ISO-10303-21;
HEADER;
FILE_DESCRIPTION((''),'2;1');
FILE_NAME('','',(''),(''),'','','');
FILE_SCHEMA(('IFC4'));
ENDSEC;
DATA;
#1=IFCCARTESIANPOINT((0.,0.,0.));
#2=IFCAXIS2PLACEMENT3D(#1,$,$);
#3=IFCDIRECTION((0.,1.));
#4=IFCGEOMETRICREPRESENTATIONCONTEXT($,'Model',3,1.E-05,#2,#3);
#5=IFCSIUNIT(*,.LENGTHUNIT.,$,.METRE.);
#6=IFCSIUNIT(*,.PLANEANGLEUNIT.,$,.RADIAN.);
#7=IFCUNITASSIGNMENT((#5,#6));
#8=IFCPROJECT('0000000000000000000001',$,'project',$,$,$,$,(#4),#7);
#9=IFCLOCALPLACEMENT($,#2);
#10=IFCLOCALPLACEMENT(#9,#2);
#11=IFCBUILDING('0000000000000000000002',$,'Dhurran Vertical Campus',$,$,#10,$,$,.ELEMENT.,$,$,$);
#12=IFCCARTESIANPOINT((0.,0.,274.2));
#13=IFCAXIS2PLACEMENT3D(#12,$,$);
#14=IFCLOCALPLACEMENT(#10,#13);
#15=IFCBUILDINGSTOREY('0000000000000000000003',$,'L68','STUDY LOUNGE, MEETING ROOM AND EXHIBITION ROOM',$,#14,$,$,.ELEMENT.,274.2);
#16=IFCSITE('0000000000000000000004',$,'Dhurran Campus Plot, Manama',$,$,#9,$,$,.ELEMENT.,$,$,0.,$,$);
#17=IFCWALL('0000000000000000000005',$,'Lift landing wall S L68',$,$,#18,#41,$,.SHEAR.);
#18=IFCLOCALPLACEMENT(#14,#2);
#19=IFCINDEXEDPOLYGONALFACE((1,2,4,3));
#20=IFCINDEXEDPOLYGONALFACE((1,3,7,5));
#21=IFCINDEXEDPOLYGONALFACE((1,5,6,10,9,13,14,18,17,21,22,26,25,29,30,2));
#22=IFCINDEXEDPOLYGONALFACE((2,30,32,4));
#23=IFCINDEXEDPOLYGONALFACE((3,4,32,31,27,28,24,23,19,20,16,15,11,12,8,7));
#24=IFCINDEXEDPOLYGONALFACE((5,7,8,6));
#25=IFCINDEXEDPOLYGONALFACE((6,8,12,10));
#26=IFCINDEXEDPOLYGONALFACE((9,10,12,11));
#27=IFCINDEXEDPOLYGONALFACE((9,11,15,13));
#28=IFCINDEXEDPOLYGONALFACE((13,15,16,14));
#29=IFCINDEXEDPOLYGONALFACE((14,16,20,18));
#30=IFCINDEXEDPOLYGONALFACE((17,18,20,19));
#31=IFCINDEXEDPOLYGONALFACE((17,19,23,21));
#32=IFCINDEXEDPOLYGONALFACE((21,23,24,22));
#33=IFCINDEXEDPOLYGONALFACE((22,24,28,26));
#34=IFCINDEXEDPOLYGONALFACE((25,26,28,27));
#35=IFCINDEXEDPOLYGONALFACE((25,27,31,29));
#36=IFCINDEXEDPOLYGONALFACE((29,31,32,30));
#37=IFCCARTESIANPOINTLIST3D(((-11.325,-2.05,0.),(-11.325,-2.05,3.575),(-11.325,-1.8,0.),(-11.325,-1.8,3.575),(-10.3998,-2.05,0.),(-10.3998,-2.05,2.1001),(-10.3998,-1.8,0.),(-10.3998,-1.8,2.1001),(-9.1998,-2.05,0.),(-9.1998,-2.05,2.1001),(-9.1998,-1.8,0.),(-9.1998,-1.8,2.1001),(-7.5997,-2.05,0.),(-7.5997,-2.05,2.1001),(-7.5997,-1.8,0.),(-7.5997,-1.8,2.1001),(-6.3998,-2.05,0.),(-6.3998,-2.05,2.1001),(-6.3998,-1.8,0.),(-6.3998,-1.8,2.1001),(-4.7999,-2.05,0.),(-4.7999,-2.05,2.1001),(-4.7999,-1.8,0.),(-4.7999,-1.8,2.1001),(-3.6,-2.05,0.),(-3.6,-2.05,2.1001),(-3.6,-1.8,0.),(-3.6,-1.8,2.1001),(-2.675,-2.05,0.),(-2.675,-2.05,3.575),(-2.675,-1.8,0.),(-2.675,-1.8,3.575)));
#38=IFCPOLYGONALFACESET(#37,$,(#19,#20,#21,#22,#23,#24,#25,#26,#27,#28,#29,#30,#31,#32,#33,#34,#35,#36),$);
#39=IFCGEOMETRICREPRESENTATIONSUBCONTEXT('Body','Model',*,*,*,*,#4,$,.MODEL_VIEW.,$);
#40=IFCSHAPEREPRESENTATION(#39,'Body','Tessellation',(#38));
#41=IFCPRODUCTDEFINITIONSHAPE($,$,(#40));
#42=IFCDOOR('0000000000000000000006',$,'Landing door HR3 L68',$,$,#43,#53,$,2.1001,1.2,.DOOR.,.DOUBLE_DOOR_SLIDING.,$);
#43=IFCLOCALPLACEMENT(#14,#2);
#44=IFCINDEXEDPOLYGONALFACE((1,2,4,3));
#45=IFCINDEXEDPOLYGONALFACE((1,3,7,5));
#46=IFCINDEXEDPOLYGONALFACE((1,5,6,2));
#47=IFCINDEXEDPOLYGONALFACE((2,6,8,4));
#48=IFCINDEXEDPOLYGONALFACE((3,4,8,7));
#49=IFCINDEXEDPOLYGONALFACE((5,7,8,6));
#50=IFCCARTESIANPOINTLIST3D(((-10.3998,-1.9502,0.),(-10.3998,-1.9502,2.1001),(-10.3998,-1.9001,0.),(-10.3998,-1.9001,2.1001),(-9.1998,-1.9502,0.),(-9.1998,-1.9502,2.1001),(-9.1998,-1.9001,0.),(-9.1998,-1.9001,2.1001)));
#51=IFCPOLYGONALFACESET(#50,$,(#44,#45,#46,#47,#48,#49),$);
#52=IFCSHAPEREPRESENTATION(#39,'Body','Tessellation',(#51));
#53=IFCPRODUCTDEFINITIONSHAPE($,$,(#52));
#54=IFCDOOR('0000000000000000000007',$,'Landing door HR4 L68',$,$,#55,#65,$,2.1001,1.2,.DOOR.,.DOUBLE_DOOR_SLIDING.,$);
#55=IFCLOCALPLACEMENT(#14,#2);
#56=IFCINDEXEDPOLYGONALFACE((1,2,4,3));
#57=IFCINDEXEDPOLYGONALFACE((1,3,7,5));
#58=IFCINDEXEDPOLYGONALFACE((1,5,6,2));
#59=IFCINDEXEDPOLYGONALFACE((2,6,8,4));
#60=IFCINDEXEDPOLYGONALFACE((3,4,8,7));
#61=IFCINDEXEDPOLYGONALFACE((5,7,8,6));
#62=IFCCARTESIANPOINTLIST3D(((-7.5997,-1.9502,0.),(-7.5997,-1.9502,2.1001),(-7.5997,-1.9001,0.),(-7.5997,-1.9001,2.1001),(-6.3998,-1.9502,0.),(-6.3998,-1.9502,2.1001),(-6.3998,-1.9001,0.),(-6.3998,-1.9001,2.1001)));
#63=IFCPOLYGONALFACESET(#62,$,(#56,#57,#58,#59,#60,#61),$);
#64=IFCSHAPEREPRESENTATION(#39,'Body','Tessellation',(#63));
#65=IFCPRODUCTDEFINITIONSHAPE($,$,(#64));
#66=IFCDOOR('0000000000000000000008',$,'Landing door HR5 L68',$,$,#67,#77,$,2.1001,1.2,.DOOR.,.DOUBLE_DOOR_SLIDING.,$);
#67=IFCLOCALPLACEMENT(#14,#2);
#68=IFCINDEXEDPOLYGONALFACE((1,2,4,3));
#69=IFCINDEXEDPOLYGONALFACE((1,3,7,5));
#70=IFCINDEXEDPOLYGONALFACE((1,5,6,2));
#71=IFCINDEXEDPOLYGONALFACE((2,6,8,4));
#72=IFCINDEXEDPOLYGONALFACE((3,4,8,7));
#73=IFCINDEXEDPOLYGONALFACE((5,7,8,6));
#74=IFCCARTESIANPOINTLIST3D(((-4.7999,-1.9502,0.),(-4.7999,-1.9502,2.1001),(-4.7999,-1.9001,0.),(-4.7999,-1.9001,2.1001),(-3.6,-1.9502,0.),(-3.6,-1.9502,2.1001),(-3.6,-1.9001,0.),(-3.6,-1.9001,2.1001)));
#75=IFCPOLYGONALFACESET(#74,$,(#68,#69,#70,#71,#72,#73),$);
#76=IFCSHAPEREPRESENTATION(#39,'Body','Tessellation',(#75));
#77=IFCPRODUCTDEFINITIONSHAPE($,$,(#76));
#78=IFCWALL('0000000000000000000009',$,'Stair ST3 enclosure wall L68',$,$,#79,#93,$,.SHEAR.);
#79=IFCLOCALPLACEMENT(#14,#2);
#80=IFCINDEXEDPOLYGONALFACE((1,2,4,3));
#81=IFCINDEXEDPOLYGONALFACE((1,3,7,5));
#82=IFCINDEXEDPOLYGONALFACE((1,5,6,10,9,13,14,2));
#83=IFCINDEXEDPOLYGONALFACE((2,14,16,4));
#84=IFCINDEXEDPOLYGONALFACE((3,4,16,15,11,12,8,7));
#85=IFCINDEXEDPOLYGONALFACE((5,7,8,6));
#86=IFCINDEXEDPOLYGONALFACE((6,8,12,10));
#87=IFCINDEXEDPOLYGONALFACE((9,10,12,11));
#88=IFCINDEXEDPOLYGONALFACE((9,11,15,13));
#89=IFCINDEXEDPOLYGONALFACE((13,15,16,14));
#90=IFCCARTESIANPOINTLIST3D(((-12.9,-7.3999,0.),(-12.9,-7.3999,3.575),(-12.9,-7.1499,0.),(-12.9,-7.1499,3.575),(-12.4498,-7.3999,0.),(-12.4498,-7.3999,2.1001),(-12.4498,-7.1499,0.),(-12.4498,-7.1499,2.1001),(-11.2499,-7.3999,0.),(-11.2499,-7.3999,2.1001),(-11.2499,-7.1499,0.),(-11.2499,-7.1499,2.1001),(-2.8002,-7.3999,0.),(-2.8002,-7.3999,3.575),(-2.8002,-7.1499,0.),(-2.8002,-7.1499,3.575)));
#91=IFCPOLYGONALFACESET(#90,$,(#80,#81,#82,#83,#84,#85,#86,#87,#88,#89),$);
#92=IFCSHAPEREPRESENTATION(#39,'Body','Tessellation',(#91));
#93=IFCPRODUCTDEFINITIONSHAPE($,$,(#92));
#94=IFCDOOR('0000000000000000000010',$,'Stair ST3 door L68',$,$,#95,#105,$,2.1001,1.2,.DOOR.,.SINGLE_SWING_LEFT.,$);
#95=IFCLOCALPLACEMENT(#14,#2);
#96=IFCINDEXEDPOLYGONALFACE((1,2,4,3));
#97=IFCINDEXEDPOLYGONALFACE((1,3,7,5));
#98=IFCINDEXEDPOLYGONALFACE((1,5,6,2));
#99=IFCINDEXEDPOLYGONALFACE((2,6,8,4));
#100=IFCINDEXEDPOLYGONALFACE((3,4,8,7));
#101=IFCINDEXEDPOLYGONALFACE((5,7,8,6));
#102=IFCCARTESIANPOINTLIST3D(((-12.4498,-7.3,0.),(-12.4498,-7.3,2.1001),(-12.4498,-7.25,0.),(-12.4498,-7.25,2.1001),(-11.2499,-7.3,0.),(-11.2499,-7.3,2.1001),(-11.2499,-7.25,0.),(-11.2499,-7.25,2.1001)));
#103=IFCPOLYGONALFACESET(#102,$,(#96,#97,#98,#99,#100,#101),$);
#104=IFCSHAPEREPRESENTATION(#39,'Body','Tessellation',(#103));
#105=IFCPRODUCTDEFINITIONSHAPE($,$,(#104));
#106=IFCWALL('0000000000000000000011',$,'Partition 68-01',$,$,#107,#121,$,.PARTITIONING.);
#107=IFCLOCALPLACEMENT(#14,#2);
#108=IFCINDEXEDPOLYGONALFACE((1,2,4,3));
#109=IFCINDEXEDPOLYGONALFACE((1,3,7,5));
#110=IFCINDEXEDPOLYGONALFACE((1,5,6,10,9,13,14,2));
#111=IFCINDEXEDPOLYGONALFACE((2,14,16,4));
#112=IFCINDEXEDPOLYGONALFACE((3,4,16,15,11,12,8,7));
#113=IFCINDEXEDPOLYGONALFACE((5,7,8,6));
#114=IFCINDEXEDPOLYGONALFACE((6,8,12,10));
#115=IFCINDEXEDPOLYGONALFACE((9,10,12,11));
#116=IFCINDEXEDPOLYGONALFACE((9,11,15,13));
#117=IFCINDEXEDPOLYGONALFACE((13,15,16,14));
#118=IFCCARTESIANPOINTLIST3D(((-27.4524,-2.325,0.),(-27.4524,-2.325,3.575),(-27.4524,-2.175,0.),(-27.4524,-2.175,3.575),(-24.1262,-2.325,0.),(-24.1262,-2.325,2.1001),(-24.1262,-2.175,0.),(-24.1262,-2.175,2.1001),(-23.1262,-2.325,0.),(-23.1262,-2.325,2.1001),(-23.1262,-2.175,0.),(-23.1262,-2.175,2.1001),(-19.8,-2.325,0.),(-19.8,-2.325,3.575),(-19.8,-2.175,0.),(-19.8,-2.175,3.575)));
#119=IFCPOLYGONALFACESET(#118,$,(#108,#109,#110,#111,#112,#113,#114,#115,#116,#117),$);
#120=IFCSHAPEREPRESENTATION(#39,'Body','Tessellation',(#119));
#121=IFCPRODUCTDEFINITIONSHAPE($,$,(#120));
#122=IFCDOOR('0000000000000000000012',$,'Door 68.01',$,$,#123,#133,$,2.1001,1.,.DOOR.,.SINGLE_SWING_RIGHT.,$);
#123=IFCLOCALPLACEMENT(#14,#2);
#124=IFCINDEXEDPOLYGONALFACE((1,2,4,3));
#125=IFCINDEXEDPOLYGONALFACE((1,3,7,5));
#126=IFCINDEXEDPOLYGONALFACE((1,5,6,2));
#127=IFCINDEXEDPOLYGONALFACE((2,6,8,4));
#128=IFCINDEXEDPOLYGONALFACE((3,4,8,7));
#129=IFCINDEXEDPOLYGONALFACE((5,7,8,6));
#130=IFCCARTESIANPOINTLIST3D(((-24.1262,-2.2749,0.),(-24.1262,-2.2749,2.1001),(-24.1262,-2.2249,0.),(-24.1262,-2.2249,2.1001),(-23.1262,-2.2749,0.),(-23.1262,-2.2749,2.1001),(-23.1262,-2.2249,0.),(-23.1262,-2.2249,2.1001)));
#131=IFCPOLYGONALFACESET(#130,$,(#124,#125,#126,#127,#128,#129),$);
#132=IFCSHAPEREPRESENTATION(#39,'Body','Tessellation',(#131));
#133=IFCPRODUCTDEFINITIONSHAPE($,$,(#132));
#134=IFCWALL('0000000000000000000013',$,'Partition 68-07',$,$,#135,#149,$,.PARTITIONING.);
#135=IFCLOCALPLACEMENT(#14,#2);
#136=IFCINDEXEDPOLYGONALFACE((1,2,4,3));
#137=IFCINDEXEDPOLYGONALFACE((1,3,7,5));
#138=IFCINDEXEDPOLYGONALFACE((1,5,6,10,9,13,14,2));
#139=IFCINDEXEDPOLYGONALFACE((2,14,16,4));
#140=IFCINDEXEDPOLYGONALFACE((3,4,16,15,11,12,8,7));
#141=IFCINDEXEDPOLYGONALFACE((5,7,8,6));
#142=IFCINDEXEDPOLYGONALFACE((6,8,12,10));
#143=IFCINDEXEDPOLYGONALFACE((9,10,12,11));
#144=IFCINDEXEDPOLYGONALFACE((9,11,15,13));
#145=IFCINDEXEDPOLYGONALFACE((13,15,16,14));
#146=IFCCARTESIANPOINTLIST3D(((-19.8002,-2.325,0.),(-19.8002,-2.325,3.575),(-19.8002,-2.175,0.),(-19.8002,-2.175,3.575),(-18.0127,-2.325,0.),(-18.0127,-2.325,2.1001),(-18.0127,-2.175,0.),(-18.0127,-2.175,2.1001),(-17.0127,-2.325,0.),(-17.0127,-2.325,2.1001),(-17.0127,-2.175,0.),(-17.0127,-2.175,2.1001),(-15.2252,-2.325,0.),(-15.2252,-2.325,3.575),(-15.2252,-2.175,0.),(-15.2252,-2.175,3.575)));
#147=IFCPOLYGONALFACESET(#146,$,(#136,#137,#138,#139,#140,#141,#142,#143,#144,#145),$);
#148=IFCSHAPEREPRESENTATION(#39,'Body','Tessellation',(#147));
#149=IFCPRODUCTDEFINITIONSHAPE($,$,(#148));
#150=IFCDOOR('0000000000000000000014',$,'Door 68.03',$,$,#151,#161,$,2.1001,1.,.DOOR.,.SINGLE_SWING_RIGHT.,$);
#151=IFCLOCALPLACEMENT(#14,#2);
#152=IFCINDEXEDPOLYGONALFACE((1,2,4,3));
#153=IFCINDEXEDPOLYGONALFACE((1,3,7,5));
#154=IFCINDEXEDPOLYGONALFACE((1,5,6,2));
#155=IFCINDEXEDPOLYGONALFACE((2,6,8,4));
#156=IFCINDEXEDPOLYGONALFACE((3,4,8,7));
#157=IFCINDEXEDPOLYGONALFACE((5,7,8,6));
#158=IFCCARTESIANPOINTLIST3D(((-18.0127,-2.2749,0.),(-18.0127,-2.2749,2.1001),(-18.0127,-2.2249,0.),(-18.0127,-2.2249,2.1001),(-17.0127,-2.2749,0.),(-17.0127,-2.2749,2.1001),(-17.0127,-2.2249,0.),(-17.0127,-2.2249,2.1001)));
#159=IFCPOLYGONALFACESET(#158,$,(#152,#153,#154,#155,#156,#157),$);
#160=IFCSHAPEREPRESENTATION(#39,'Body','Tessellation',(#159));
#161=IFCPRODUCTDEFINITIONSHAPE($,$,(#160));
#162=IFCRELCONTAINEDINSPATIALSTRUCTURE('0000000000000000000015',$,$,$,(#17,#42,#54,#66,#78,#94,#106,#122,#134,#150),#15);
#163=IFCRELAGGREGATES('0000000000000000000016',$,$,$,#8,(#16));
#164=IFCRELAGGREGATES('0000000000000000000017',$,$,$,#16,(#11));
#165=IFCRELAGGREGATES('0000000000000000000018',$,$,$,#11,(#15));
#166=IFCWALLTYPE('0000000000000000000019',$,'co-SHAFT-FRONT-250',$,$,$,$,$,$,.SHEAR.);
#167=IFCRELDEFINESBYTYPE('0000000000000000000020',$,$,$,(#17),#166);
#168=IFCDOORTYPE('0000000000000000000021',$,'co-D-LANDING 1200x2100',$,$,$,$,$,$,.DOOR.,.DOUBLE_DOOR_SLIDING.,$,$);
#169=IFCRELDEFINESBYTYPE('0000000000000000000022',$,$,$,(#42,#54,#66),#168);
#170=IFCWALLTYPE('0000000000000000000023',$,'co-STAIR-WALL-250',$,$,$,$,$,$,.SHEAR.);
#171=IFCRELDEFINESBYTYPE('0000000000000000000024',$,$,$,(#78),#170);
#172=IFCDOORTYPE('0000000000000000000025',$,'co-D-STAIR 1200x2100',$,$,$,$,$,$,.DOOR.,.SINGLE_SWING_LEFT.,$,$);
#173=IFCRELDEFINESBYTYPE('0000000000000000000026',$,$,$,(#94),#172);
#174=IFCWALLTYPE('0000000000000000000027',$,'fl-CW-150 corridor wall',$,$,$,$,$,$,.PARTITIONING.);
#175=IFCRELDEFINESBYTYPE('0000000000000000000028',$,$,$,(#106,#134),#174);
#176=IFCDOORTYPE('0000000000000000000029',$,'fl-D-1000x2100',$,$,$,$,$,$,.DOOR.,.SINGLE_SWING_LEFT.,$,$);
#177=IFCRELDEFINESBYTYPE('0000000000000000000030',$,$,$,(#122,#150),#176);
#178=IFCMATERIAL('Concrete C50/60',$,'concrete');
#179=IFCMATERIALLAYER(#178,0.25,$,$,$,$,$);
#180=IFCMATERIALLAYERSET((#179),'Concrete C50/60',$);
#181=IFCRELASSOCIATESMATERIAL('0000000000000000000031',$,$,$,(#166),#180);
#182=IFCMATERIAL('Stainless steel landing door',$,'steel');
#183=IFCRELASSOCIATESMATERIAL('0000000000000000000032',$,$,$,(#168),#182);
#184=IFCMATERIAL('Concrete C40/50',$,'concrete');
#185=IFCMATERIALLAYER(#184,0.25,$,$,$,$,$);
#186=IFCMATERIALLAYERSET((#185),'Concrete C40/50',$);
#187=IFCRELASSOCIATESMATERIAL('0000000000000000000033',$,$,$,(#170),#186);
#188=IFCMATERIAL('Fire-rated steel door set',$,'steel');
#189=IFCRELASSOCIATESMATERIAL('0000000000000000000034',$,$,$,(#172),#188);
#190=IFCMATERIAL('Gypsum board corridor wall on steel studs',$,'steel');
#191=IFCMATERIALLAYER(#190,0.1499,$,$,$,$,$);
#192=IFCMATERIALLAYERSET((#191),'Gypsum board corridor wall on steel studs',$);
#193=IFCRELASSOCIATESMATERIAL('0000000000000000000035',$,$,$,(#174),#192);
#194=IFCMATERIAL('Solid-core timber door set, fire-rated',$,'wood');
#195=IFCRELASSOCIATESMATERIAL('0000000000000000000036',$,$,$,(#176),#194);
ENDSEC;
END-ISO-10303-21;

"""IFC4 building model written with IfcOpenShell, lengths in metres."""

from ifc_helpers import new_model, si_unit, direction, frame, frame_2d, origin, place, context, subcontext, project, spatial, rectangle, extrude, material, layer, layer_set, type_object, element, fill, save


model = new_model("IFC4")

# Units and contexts
model_context = context("Model", 3, precision=1e-05, world=origin(), true_north=direction((0.0, 1.0)))
body_context = subcontext(model_context, "Body", "Model", "MODEL_VIEW")
ifc_project = project(units=[si_unit("LENGTHUNIT", "METRE"), si_unit("PLANEANGLEUNIT", "RADIAN")], contexts=[model_context])

# Site, building, storey
site_placement = place(None, origin())
site = spatial("IfcSite", under=ifc_project, at=site_placement, Name="Dhurran Campus Plot, Manama", CompositionType="ELEMENT", RefElevation=0.0)
building_placement = place(site_placement, origin())
building = spatial("IfcBuilding", under=site, at=building_placement, Name="Dhurran Vertical Campus", CompositionType="ELEMENT")
storey_placement = place(building_placement, frame((0.0, 0.0, 274.2)))
storey = spatial("IfcBuildingStorey", under=building, at=storey_placement, Name="L68", Description="STUDY LOUNGE, MEETING ROOM AND EXHIBITION ROOM", CompositionType="ELEMENT", Elevation=274.2)

# Wall, openings, doors
ifc_material_1 = material(Name="Concrete C50/60", Category="concrete")
ifc_layer_1 = layer(ifc_material_1, 0.25)
ifc_layer_set_1 = layer_set([ifc_layer_1], Name="Concrete C50/60")
wall_type_1 = type_object("IfcWallType", Name="co-SHAFT-FRONT-250", PredefinedType="SHEAR", material=ifc_layer_set_1)
wall_1_placement = place(storey_placement, frame((-11.325, -1.925, 0.0), z_axis=(0.0, 0.0, 1.0), x_axis=(1.0, 0.0, 0.0)))
wall_1 = element("IfcWall", 1, at=wall_1_placement, inside=storey, type_object=wall_type_1, Name="Lift landing wall S L68", PredefinedType="SHEAR", context=body_context, shape_type="SweptSolid", body=[
    extrude(rectangle(XDim=8.6499, YDim=0.25, at=frame_2d((4.325, 0.0))), origin(), (0.0, 0.0, 1.0), 3.575),
])
opening_1_placement = place(wall_1_placement, frame((0.925, 0.0, 0.0)))
opening_1 = element("IfcOpeningElement", 2, at=opening_1_placement, cuts=wall_1, PredefinedType="OPENING", context=body_context, shape_type="SweptSolid", body=[
    extrude(rectangle(XDim=1.2, YDim=2.1001, at=frame_2d((0.6001, 1.05))), frame((0.0, 0.135, 0.0), z_axis=(0.0, -1.0, 0.0), x_axis=(1.0, 0.0, 0.0)), (0.0, 0.0, 1.0), 0.27),
])
opening_2_placement = place(wall_1_placement, frame((3.7251, 0.0, 0.0)))
opening_2 = element("IfcOpeningElement", 3, at=opening_2_placement, cuts=wall_1, PredefinedType="OPENING", context=body_context, shape_type="SweptSolid", body=[
    extrude(rectangle(XDim=1.2, YDim=2.1001, at=frame_2d((0.6001, 1.05))), frame((0.0, 0.135, 0.0), z_axis=(0.0, -1.0, 0.0), x_axis=(1.0, 0.0, 0.0)), (0.0, 0.0, 1.0), 0.27),
])
opening_3_placement = place(wall_1_placement, frame((6.5249, 0.0, 0.0)))
opening_3 = element("IfcOpeningElement", 4, at=opening_3_placement, cuts=wall_1, PredefinedType="OPENING", context=body_context, shape_type="SweptSolid", body=[
    extrude(rectangle(XDim=1.2, YDim=2.1001, at=frame_2d((0.6001, 1.05))), frame((0.0, 0.135, 0.0), z_axis=(0.0, -1.0, 0.0), x_axis=(1.0, 0.0, 0.0)), (0.0, 0.0, 1.0), 0.27),
])
ifc_material_2 = material(Name="Stainless steel landing door", Category="steel")
door_type_1 = type_object("IfcDoorType", Name="co-D-LANDING 1200x2100", OperationType="DOUBLE_DOOR_SLIDING", PredefinedType="DOOR", material=ifc_material_2)
door_1_placement = place(opening_1_placement, origin())
door_1 = element("IfcDoor", 5, at=door_1_placement, inside=storey, type_object=door_type_1, Name="Landing door HR3 L68", OperationType="DOUBLE_DOOR_SLIDING", OverallHeight=2.1001, OverallWidth=1.2, PredefinedType="DOOR", context=body_context, shape_type="SweptSolid", body=[
    extrude(rectangle(XDim=1.2, YDim=2.1001, at=frame_2d((0.6001, 1.05))), frame((0.0, 0.0249, 0.0), z_axis=(0.0, -1.0, 0.0), x_axis=(1.0, 0.0, 0.0)), (0.0, 0.0, 1.0), 0.05),
])
fill(opening_1, door_1)
door_2_placement = place(opening_2_placement, origin())
door_2 = element("IfcDoor", 6, at=door_2_placement, inside=storey, type_object=door_type_1, Name="Landing door HR4 L68", OperationType="DOUBLE_DOOR_SLIDING", OverallHeight=2.1001, OverallWidth=1.2, PredefinedType="DOOR", context=body_context, shape_type="SweptSolid", body=[
    extrude(rectangle(XDim=1.2, YDim=2.1001, at=frame_2d((0.6001, 1.05))), frame((0.0, 0.0249, 0.0), z_axis=(0.0, -1.0, 0.0), x_axis=(1.0, 0.0, 0.0)), (0.0, 0.0, 1.0), 0.05),
])
fill(opening_2, door_2)
door_3_placement = place(opening_3_placement, origin())
door_3 = element("IfcDoor", 7, at=door_3_placement, inside=storey, type_object=door_type_1, Name="Landing door HR5 L68", OperationType="DOUBLE_DOOR_SLIDING", OverallHeight=2.1001, OverallWidth=1.2, PredefinedType="DOOR", context=body_context, shape_type="SweptSolid", body=[
    extrude(rectangle(XDim=1.2, YDim=2.1001, at=frame_2d((0.6001, 1.05))), frame((0.0, 0.0249, 0.0), z_axis=(0.0, -1.0, 0.0), x_axis=(1.0, 0.0, 0.0)), (0.0, 0.0, 1.0), 0.05),
])
fill(opening_3, door_3)

# Walls, openings, doors
ifc_material_3 = material(Name="Concrete C40/50", Category="concrete")
ifc_layer_2 = layer(ifc_material_3, 0.25)
ifc_layer_set_2 = layer_set([ifc_layer_2], Name="Concrete C40/50")
wall_type_2 = type_object("IfcWallType", Name="co-STAIR-WALL-250", PredefinedType="SHEAR", material=ifc_layer_set_2)
wall_2_placement = place(storey_placement, frame((-12.8999, -7.2749, 0.0), z_axis=(0.0, 0.0, 1.0), x_axis=(1.0, 0.0, 0.0)))
wall_2 = element("IfcWall", 8, at=wall_2_placement, inside=storey, type_object=wall_type_2, Name="Stair ST3 enclosure wall L68", PredefinedType="SHEAR", context=body_context, shape_type="SweptSolid", body=[
    extrude(rectangle(XDim=10.0999, YDim=0.25, at=frame_2d((5.0498, 0.0))), origin(), (0.0, 0.0, 1.0), 3.575),
])
opening_4_placement = place(wall_2_placement, frame((0.45, 0.0, 0.0)))
opening_4 = element("IfcOpeningElement", 9, at=opening_4_placement, cuts=wall_2, PredefinedType="OPENING", context=body_context, shape_type="SweptSolid", body=[
    extrude(rectangle(XDim=1.2, YDim=2.1001, at=frame_2d((0.6001, 1.05))), frame((0.0, 0.135, 0.0), z_axis=(0.0, -1.0, 0.0), x_axis=(1.0, 0.0, 0.0)), (0.0, 0.0, 1.0), 0.27),
])
ifc_material_4 = material(Name="Fire-rated steel door set", Category="steel")
door_type_2 = type_object("IfcDoorType", Name="co-D-STAIR 1200x2100", OperationType="SINGLE_SWING_LEFT", PredefinedType="DOOR", material=ifc_material_4)
door_4_placement = place(opening_4_placement, origin())
door_4 = element("IfcDoor", 10, at=door_4_placement, inside=storey, type_object=door_type_2, Name="Stair ST3 door L68", OperationType="SINGLE_SWING_LEFT", OverallHeight=2.1001, OverallWidth=1.2, PredefinedType="DOOR", context=body_context, shape_type="SweptSolid", body=[
    extrude(rectangle(XDim=1.2, YDim=2.1001, at=frame_2d((0.6001, 1.05))), frame((0.0, 0.0249, 0.0), z_axis=(0.0, -1.0, 0.0), x_axis=(1.0, 0.0, 0.0)), (0.0, 0.0, 1.0), 0.05),
])
fill(opening_4, door_4)
ifc_material_5 = material(Name="Gypsum board corridor wall on steel studs", Category="steel")
ifc_layer_3 = layer(ifc_material_5, 0.1499)
ifc_layer_set_3 = layer_set([ifc_layer_3], Name="Gypsum board corridor wall on steel studs")
wall_type_3 = type_object("IfcWallType", Name="fl-CW-150 corridor wall", PredefinedType="PARTITIONING", material=ifc_layer_set_3)
wall_3_placement = place(storey_placement, frame((-19.8, -2.25, 0.0), z_axis=(0.0, 0.0, 1.0), x_axis=(-1.0, 0.0, 0.0)))
wall_3 = element("IfcWall", 11, at=wall_3_placement, inside=storey, type_object=wall_type_3, Name="Partition 68-01", PredefinedType="PARTITIONING", context=body_context, shape_type="SweptSolid", body=[
    extrude(rectangle(XDim=7.6523, YDim=0.1499, at=frame_2d((3.8262, 0.0))), origin(), (0.0, 0.0, 1.0), 3.575),
])
opening_5_placement = place(wall_3_placement, frame((3.3262, 0.0, 0.0)))
opening_5 = element("IfcOpeningElement", 12, at=opening_5_placement, cuts=wall_3, PredefinedType="OPENING", context=body_context, shape_type="SweptSolid", body=[
    extrude(rectangle(XDim=1.0, YDim=2.1001, at=frame_2d((0.5, 1.05))), frame((0.0, 0.085, 0.0), z_axis=(0.0, -1.0, 0.0), x_axis=(1.0, 0.0, 0.0)), (0.0, 0.0, 1.0), 0.1699),
])
ifc_material_6 = material(Name="Solid-core timber door set, fire-rated", Category="wood")
door_type_3 = type_object("IfcDoorType", Name="fl-D-1000x2100", OperationType="SINGLE_SWING_LEFT", PredefinedType="DOOR", material=ifc_material_6)
door_5_placement = place(opening_5_placement, origin())
door_5 = element("IfcDoor", 13, at=door_5_placement, inside=storey, type_object=door_type_3, Name="Door 68.01", OperationType="SINGLE_SWING_RIGHT", OverallHeight=2.1001, OverallWidth=1.0, PredefinedType="DOOR", context=body_context, shape_type="SweptSolid", body=[
    extrude(rectangle(XDim=1.0, YDim=2.1001, at=frame_2d((0.5, 1.05))), frame((0.0, 0.0249, 0.0), z_axis=(0.0, -1.0, 0.0), x_axis=(1.0, 0.0, 0.0)), (0.0, 0.0, 1.0), 0.05),
])
fill(opening_5, door_5)
wall_4_placement = place(storey_placement, frame((-15.2251, -2.25, 0.0), z_axis=(0.0, 0.0, 1.0), x_axis=(-1.0, 0.0, 0.0)))
wall_4 = element("IfcWall", 14, at=wall_4_placement, inside=storey, type_object=wall_type_3, Name="Partition 68-07", PredefinedType="PARTITIONING", context=body_context, shape_type="SweptSolid", body=[
    extrude(rectangle(XDim=4.575, YDim=0.1499, at=frame_2d((2.2876, 0.0))), origin(), (0.0, 0.0, 1.0), 3.575),
])
opening_6_placement = place(wall_4_placement, frame((1.7876, 0.0, 0.0)))
opening_6 = element("IfcOpeningElement", 15, at=opening_6_placement, cuts=wall_4, PredefinedType="OPENING", context=body_context, shape_type="SweptSolid", body=[
    extrude(rectangle(XDim=1.0, YDim=2.1001, at=frame_2d((0.5, 1.05))), frame((0.0, 0.085, 0.0), z_axis=(0.0, -1.0, 0.0), x_axis=(1.0, 0.0, 0.0)), (0.0, 0.0, 1.0), 0.1699),
])
door_6_placement = place(opening_6_placement, origin())
door_6 = element("IfcDoor", 16, at=door_6_placement, inside=storey, type_object=door_type_3, Name="Door 68.03", OperationType="SINGLE_SWING_RIGHT", OverallHeight=2.1001, OverallWidth=1.0, PredefinedType="DOOR", context=body_context, shape_type="SweptSolid", body=[
    extrude(rectangle(XDim=1.0, YDim=2.1001, at=frame_2d((0.5, 1.05))), frame((0.0, 0.0249, 0.0), z_axis=(0.0, -1.0, 0.0), x_axis=(1.0, 0.0, 0.0)), (0.0, 0.0, 1.0), 0.05),
])
fill(opening_6, door_6)

save(model, "model.ifc")
